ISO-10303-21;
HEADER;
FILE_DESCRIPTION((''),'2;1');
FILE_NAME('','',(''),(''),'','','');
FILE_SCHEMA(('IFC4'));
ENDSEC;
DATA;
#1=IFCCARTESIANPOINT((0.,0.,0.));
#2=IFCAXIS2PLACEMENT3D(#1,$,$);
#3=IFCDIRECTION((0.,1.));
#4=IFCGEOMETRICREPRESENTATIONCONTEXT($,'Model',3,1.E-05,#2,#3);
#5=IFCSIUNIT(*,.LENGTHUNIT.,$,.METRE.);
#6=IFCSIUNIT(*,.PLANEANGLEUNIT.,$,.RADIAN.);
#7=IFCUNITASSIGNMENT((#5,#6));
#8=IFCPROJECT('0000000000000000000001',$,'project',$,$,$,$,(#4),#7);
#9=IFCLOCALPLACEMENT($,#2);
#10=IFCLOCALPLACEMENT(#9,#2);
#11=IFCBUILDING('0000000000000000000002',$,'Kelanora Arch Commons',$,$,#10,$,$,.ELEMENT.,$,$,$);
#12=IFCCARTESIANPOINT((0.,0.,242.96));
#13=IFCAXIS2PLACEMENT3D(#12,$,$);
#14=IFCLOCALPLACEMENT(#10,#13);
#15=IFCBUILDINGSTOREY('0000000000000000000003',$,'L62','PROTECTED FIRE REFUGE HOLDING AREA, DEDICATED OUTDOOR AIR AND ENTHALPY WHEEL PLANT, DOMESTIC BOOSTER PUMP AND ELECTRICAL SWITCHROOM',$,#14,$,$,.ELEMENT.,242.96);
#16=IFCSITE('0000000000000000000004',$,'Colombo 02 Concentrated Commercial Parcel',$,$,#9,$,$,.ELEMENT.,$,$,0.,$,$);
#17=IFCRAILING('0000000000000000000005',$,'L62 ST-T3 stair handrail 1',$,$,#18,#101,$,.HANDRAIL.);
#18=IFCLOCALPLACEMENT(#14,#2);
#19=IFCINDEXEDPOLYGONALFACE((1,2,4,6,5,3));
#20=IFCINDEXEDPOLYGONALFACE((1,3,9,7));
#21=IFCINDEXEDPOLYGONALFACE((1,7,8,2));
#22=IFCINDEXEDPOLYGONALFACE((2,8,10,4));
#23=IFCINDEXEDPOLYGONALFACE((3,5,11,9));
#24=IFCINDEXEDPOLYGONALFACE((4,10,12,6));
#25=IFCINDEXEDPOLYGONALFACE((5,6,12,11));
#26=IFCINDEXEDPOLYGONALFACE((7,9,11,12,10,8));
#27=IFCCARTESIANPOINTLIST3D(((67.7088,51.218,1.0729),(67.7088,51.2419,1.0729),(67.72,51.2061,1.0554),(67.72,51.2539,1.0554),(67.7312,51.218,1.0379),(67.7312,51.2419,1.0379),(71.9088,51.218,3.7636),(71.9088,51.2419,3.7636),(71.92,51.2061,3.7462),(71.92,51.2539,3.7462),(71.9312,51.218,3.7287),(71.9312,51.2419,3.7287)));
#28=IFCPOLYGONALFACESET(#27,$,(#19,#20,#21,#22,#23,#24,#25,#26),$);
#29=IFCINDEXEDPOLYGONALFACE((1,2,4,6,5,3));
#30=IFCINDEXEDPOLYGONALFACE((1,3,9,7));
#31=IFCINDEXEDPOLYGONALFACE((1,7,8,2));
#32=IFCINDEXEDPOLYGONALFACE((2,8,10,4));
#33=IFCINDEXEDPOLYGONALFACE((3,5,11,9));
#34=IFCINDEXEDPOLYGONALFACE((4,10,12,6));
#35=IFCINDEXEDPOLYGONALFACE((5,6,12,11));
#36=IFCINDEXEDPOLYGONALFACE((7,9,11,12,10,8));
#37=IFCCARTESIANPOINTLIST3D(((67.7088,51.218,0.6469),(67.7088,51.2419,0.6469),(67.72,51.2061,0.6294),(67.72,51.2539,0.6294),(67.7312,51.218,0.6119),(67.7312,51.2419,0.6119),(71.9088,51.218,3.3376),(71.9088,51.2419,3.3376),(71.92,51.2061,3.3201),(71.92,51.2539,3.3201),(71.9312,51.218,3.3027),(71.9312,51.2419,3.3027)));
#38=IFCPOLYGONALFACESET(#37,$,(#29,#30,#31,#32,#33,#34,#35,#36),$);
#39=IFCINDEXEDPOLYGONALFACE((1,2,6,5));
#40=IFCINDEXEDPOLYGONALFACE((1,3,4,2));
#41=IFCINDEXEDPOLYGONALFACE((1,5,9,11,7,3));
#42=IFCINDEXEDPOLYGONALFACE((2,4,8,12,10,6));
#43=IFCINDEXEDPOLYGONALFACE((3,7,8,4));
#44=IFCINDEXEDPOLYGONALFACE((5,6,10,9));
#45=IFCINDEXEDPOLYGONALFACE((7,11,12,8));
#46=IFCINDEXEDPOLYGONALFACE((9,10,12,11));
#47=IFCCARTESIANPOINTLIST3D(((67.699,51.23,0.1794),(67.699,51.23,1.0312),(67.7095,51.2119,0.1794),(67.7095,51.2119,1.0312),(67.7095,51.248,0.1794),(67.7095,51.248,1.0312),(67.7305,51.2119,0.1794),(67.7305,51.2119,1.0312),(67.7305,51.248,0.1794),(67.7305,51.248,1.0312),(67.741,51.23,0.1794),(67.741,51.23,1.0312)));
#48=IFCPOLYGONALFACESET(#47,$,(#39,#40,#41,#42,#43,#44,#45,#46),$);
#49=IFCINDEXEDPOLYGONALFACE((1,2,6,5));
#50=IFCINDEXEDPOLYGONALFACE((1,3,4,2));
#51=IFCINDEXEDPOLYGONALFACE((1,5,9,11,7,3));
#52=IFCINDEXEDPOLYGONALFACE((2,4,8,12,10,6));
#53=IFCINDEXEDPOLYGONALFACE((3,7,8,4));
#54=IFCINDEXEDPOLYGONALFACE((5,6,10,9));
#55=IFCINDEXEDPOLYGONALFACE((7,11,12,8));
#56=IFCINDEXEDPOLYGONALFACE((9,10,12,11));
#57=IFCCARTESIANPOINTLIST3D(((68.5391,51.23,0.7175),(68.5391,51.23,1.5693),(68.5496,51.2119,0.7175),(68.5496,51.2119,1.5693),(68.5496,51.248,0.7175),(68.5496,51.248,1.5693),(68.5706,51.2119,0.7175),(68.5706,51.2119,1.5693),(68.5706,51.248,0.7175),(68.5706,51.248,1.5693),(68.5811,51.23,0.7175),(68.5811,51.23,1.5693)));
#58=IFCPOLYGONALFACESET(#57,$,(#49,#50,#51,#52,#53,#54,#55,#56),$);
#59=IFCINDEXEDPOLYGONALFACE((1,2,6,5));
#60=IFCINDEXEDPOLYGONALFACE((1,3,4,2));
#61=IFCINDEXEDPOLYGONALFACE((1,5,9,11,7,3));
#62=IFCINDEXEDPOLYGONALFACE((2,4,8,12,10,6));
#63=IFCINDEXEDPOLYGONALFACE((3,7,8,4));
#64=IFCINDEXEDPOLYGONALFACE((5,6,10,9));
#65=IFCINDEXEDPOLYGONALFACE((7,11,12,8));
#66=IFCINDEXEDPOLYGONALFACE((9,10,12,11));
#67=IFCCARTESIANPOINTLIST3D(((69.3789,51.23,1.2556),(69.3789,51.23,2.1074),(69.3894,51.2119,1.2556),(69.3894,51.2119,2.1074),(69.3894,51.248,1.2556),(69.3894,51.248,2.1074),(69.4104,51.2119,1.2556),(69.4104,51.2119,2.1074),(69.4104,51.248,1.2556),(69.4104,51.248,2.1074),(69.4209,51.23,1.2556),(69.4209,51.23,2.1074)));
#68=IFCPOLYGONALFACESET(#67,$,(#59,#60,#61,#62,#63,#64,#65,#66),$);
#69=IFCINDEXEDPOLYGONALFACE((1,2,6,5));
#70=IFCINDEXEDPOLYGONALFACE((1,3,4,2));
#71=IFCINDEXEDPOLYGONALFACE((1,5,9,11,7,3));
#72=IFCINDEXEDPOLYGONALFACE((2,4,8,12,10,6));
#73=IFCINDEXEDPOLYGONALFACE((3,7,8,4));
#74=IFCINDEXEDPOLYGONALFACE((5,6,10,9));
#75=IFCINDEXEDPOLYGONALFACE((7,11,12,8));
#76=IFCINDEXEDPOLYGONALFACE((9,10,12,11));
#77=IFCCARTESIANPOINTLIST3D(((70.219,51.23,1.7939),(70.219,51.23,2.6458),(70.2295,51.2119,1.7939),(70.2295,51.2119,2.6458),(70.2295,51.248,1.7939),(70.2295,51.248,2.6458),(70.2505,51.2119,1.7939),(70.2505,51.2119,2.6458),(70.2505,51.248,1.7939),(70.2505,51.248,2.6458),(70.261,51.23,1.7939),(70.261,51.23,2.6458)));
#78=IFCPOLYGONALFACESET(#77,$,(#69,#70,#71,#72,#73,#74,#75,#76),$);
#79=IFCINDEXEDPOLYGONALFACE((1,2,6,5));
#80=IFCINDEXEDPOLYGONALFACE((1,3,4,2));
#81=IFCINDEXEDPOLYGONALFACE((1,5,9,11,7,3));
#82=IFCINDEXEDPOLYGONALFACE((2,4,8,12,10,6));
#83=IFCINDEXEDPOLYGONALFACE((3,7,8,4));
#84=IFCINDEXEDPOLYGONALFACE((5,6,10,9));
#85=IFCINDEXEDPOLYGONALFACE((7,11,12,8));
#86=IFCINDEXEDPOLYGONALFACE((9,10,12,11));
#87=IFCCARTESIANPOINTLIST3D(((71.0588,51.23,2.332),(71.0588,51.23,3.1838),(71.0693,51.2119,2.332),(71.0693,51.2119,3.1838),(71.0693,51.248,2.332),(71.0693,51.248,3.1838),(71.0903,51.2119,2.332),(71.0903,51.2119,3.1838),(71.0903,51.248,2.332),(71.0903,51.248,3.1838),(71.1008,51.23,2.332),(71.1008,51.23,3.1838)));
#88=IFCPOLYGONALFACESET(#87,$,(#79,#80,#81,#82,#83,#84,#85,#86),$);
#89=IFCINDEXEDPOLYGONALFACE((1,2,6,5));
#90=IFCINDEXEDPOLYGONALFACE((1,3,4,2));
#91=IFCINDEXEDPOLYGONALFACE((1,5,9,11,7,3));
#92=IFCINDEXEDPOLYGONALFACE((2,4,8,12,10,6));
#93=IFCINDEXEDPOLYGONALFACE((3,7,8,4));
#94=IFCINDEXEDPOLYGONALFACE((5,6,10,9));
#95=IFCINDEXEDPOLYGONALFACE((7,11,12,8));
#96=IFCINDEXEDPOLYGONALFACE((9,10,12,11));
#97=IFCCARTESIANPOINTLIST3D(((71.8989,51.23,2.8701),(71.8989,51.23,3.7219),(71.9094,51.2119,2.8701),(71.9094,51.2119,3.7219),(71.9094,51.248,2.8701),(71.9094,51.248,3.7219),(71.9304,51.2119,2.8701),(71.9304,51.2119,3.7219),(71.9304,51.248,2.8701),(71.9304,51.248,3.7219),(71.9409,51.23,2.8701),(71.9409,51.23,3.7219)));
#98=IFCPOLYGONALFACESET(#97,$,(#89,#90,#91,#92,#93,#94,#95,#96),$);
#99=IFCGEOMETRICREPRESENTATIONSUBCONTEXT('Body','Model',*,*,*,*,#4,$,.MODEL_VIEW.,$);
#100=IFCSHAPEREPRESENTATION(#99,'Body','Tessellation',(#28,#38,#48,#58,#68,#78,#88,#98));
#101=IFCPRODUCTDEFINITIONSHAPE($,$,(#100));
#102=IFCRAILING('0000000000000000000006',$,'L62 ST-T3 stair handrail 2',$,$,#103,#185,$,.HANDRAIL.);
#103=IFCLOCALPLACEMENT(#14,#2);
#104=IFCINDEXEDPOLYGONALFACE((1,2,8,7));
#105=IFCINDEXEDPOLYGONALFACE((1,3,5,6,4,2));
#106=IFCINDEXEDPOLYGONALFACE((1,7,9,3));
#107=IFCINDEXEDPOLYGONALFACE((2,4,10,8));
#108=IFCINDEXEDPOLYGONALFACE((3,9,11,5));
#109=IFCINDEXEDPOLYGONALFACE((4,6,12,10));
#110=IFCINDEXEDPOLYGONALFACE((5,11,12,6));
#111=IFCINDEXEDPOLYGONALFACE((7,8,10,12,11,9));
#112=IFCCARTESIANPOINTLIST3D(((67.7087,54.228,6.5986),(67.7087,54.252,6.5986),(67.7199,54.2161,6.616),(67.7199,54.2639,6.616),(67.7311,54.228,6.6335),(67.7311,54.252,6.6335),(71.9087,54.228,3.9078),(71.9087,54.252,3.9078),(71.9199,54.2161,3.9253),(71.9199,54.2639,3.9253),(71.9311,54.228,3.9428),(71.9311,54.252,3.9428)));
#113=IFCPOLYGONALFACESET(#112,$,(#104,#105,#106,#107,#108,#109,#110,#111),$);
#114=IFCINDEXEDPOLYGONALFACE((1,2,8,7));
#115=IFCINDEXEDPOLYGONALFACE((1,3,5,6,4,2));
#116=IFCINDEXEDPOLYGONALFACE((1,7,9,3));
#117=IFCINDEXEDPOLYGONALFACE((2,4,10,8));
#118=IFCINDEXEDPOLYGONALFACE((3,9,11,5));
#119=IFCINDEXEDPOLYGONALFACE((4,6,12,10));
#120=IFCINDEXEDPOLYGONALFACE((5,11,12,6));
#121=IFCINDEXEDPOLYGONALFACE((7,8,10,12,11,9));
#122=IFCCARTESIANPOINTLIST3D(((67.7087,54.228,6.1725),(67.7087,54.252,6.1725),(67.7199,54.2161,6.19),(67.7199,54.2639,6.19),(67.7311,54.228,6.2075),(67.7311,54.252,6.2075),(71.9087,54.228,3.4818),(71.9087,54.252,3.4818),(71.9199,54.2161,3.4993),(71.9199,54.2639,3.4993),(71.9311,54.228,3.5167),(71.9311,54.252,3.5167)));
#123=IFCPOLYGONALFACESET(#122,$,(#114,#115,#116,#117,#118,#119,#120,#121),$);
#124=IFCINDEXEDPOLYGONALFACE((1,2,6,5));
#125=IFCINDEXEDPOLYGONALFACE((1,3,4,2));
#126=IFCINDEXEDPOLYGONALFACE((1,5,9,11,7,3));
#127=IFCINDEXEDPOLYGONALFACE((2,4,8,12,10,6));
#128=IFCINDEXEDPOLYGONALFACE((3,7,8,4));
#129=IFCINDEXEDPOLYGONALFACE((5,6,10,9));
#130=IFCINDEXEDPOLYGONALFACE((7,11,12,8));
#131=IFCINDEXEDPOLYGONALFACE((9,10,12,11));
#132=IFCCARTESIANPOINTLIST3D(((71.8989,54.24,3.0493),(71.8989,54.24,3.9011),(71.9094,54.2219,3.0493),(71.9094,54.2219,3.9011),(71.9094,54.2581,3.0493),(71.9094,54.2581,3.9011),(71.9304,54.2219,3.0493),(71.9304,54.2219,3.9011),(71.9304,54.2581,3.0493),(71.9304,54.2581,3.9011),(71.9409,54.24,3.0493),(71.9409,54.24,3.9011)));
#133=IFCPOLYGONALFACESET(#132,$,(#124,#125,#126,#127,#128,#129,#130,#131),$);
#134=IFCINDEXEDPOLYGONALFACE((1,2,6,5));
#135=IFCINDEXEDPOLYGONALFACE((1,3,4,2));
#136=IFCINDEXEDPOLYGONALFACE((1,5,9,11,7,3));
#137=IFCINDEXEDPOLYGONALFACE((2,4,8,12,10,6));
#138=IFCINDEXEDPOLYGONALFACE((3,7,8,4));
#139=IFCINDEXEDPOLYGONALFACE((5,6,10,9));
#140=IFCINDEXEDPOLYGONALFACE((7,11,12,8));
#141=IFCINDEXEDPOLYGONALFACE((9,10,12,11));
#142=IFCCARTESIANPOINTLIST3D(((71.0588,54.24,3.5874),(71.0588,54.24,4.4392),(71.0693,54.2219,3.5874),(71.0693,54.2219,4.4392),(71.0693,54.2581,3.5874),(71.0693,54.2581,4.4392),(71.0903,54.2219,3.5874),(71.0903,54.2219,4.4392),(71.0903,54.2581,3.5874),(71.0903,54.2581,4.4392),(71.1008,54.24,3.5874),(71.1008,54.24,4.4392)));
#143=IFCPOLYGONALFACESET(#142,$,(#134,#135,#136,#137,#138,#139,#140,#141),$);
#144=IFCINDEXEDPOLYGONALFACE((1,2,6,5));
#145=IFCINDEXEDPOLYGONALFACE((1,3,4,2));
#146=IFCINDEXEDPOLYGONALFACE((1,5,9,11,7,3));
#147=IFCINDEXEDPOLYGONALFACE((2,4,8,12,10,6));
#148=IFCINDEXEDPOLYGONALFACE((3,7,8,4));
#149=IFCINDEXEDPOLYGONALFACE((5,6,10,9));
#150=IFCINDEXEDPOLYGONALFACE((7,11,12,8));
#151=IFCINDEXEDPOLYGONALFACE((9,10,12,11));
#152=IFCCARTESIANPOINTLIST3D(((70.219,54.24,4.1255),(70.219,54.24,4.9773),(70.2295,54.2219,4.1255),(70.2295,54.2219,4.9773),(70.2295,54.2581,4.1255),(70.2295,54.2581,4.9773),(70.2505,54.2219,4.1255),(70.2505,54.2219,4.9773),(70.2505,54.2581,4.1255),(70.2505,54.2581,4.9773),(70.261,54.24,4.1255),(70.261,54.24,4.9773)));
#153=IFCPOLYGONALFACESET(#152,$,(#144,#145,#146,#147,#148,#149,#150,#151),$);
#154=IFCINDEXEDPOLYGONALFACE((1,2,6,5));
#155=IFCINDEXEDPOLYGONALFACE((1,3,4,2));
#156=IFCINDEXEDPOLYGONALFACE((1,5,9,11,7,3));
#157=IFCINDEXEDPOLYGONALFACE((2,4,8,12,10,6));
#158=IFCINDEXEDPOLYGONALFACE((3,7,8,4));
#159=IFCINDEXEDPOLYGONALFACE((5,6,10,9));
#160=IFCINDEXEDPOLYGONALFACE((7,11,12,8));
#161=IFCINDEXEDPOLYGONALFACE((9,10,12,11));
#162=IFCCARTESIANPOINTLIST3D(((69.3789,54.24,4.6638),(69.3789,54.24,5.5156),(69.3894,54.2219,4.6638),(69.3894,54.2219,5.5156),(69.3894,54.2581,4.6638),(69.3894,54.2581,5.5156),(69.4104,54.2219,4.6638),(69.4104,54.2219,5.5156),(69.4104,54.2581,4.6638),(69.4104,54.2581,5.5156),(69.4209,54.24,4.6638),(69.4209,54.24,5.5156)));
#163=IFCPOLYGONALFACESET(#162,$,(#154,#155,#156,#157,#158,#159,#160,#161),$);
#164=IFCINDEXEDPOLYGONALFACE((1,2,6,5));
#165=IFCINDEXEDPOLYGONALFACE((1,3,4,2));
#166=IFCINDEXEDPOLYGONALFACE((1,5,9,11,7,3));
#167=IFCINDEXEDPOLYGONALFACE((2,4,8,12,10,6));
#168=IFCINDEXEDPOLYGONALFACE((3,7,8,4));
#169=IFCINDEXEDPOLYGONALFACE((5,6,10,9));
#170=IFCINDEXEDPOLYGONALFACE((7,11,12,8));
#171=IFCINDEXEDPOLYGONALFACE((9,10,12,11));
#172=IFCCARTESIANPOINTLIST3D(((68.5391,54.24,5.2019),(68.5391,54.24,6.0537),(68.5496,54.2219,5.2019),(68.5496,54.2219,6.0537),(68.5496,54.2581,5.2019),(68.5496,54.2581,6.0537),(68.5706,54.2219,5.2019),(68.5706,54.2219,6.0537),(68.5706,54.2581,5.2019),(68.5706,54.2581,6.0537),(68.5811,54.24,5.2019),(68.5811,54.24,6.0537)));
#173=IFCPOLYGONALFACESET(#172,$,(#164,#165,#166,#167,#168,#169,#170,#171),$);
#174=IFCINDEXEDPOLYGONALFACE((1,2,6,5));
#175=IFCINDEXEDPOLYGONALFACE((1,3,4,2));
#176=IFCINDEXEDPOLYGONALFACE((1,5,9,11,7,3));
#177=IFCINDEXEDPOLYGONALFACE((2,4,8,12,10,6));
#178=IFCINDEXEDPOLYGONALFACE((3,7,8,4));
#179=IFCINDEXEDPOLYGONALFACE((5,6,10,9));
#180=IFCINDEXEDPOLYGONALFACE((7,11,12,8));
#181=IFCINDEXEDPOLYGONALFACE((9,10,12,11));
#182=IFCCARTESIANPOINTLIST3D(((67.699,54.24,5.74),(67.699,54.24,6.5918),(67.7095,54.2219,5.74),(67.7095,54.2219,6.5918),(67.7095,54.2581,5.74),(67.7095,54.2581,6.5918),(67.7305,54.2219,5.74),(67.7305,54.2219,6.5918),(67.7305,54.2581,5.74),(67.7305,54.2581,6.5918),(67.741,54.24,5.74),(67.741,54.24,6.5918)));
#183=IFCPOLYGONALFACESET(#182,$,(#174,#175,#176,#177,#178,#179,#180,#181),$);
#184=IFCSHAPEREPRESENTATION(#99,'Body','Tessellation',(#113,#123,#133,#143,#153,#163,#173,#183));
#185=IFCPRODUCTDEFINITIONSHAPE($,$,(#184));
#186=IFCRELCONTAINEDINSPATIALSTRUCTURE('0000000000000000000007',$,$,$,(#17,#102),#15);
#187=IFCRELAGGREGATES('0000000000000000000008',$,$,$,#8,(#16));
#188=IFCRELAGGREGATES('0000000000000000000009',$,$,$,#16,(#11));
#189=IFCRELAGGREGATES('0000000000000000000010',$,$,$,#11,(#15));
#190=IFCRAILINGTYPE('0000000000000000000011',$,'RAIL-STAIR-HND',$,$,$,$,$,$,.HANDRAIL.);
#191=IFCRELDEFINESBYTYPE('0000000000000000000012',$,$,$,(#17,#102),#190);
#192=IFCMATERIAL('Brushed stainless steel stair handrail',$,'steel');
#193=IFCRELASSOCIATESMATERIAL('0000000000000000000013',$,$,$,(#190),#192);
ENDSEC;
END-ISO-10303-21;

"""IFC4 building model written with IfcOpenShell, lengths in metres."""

from ifc_helpers import new_model, si_unit, direction, frame, origin, place, context, subcontext, project, spatial, polyline, outline, extrude, material, type_object, element, save


model = new_model("IFC4")

# Units and contexts
model_context = context("Model", 3, precision=1e-05, world=origin(), true_north=direction((0.0, 1.0)))
body_context = subcontext(model_context, "Body", "Model", "MODEL_VIEW")
ifc_project = project(units=[si_unit("LENGTHUNIT", "METRE"), si_unit("PLANEANGLEUNIT", "RADIAN")], contexts=[model_context])

# Site, building, storey
site_placement = place(None, origin())
site = spatial("IfcSite", under=ifc_project, at=site_placement, Name="Colombo 02 Concentrated Commercial Parcel", CompositionType="ELEMENT", RefElevation=0.0)
building_placement = place(site_placement, origin())
building = spatial("IfcBuilding", under=site, at=building_placement, Name="Kelanora Arch Commons", CompositionType="ELEMENT")
storey_placement = place(building_placement, frame((0.0, 0.0, 242.96)))
storey = spatial("IfcBuildingStorey", under=building, at=storey_placement, Name="L62", Description="PROTECTED FIRE REFUGE HOLDING AREA, DEDICATED OUTDOOR AIR AND ENTHALPY WHEEL PLANT, DOMESTIC BOOSTER PUMP AND ELECTRICAL SWITCHROOM", CompositionType="ELEMENT", Elevation=242.96)

# Railings
ifc_material_1 = material(Name="Brushed stainless steel stair handrail", Category="steel")
railing_type_1 = type_object("IfcRailingType", Name="RAIL-STAIR-HND", PredefinedType="HANDRAIL", material=ifc_material_1)
railing_1_placement = place(storey_placement, frame((67.72, 51.23, 0.1794)))
element("IfcRailing", 1, at=railing_1_placement, inside=storey, type_object=railing_type_1, Name="L62 ST-T3 stair handrail 1", PredefinedType="HANDRAIL", context=body_context, shape_type="SweptSolid", body=[
    extrude(outline(polyline([(0.0239, 0.0), (0.012, 0.0208), (-0.012, 0.0208), (-0.0239, 0.0), (-0.012, -0.0208), (0.012, -0.0208), (0.0239, 0.0)])), frame((0.0, 0.0, 0.876), z_axis=(0.842025, 0.0, 0.539438), x_axis=(0.0, 1.0, 0.0)), (0.0, 0.0, 1.0), 4.988),
    extrude(outline(polyline([(0.0239, 0.0), (0.012, 0.0208), (-0.012, 0.0208), (-0.0239, 0.0), (-0.012, -0.0208), (0.012, -0.0208), (0.0239, 0.0)])), frame((0.0, 0.0, 0.45), z_axis=(0.842025, 0.0, 0.539438), x_axis=(0.0, 1.0, 0.0)), (0.0, 0.0, 1.0), 4.988),
    extrude(outline(polyline([(0.021, 0.0), (0.0105, 0.0181), (-0.0105, 0.0181), (-0.021, 0.0), (-0.0105, -0.0181), (0.0105, -0.0181), (0.021, 0.0)])), origin(), (0.0, 0.0, 1.0), 0.8518),
    extrude(outline(polyline([(0.021, 0.0), (0.0105, 0.0181), (-0.0105, 0.0181), (-0.021, 0.0), (-0.0105, -0.0181), (0.0105, -0.0181), (0.021, 0.0)])), frame((0.8401, 0.0, 0.5381)), (0.0, 0.0, 1.0), 0.8518),
    extrude(outline(polyline([(0.021, 0.0), (0.0105, 0.0181), (-0.0105, 0.0181), (-0.021, 0.0), (-0.0105, -0.0181), (0.0105, -0.0181), (0.021, 0.0)])), frame((1.6799, 0.0, 1.0762)), (0.0, 0.0, 1.0), 0.8518),
    extrude(outline(polyline([(0.021, 0.0), (0.0105, 0.0181), (-0.0105, 0.0181), (-0.021, 0.0), (-0.0105, -0.0181), (0.0105, -0.0181), (0.021, 0.0)])), frame((2.52, 0.0, 1.6145)), (0.0, 0.0, 1.0), 0.8518),
    extrude(outline(polyline([(0.021, 0.0), (0.0105, 0.0181), (-0.0105, 0.0181), (-0.021, 0.0), (-0.0105, -0.0181), (0.0105, -0.0181), (0.021, 0.0)])), frame((3.3599, 0.0, 2.1526)), (0.0, 0.0, 1.0), 0.8518),
    extrude(outline(polyline([(0.021, 0.0), (0.0105, 0.0181), (-0.0105, 0.0181), (-0.021, 0.0), (-0.0105, -0.0181), (0.0105, -0.0181), (0.021, 0.0)])), frame((4.2, 0.0, 2.6907)), (0.0, 0.0, 1.0), 0.8518),
])
railing_2_placement = place(storey_placement, frame((71.9199, 54.24, 3.0493)))
element("IfcRailing", 2, at=railing_2_placement, inside=storey, type_object=railing_type_1, Name="L62 ST-T3 stair handrail 2", PredefinedType="HANDRAIL", context=body_context, shape_type="SweptSolid", body=[
    extrude(outline(polyline([(0.0239, 0.0), (0.012, 0.0208), (-0.012, 0.0208), (-0.0239, 0.0), (-0.012, -0.0208), (0.012, -0.0208), (0.0239, 0.0)])), frame((0.0, 0.0, 0.876), z_axis=(-0.842025, 0.0, 0.539438), x_axis=(0.0, -1.0, 0.0)), (0.0, 0.0, 1.0), 4.988),
    extrude(outline(polyline([(0.0239, 0.0), (0.012, 0.0208), (-0.012, 0.0208), (-0.0239, 0.0), (-0.012, -0.0208), (0.012, -0.0208), (0.0239, 0.0)])), frame((0.0, 0.0, 0.45), z_axis=(-0.842025, 0.0, 0.539438), x_axis=(0.0, -1.0, 0.0)), (0.0, 0.0, 1.0), 4.988),
    extrude(outline(polyline([(0.021, 0.0), (0.0105, 0.0181), (-0.0105, 0.0181), (-0.021, 0.0), (-0.0105, -0.0181), (0.0105, -0.0181), (0.021, 0.0)])), origin(), (0.0, 0.0, 1.0), 0.8518),
    extrude(outline(polyline([(0.021, 0.0), (0.0105, 0.0181), (-0.0105, 0.0181), (-0.021, 0.0), (-0.0105, -0.0181), (0.0105, -0.0181), (0.021, 0.0)])), frame((-0.8401, 0.0, 0.5381)), (0.0, 0.0, 1.0), 0.8518),
    extrude(outline(polyline([(0.021, 0.0), (0.0105, 0.0181), (-0.0105, 0.0181), (-0.021, 0.0), (-0.0105, -0.0181), (0.0105, -0.0181), (0.021, 0.0)])), frame((-1.6799, 0.0, 1.0762)), (0.0, 0.0, 1.0), 0.8518),
    extrude(outline(polyline([(0.021, 0.0), (0.0105, 0.0181), (-0.0105, 0.0181), (-0.021, 0.0), (-0.0105, -0.0181), (0.0105, -0.0181), (0.021, 0.0)])), frame((-2.52, 0.0, 1.6145)), (0.0, 0.0, 1.0), 0.8518),
    extrude(outline(polyline([(0.021, 0.0), (0.0105, 0.0181), (-0.0105, 0.0181), (-0.021, 0.0), (-0.0105, -0.0181), (0.0105, -0.0181), (0.021, 0.0)])), frame((-3.3599, 0.0, 2.1526)), (0.0, 0.0, 1.0), 0.8518),
    extrude(outline(polyline([(0.021, 0.0), (0.0105, 0.0181), (-0.0105, 0.0181), (-0.021, 0.0), (-0.0105, -0.0181), (0.0105, -0.0181), (0.021, 0.0)])), frame((-4.2, 0.0, 2.6907)), (0.0, 0.0, 1.0), 0.8518),
])

save(model, "model.ifc")
